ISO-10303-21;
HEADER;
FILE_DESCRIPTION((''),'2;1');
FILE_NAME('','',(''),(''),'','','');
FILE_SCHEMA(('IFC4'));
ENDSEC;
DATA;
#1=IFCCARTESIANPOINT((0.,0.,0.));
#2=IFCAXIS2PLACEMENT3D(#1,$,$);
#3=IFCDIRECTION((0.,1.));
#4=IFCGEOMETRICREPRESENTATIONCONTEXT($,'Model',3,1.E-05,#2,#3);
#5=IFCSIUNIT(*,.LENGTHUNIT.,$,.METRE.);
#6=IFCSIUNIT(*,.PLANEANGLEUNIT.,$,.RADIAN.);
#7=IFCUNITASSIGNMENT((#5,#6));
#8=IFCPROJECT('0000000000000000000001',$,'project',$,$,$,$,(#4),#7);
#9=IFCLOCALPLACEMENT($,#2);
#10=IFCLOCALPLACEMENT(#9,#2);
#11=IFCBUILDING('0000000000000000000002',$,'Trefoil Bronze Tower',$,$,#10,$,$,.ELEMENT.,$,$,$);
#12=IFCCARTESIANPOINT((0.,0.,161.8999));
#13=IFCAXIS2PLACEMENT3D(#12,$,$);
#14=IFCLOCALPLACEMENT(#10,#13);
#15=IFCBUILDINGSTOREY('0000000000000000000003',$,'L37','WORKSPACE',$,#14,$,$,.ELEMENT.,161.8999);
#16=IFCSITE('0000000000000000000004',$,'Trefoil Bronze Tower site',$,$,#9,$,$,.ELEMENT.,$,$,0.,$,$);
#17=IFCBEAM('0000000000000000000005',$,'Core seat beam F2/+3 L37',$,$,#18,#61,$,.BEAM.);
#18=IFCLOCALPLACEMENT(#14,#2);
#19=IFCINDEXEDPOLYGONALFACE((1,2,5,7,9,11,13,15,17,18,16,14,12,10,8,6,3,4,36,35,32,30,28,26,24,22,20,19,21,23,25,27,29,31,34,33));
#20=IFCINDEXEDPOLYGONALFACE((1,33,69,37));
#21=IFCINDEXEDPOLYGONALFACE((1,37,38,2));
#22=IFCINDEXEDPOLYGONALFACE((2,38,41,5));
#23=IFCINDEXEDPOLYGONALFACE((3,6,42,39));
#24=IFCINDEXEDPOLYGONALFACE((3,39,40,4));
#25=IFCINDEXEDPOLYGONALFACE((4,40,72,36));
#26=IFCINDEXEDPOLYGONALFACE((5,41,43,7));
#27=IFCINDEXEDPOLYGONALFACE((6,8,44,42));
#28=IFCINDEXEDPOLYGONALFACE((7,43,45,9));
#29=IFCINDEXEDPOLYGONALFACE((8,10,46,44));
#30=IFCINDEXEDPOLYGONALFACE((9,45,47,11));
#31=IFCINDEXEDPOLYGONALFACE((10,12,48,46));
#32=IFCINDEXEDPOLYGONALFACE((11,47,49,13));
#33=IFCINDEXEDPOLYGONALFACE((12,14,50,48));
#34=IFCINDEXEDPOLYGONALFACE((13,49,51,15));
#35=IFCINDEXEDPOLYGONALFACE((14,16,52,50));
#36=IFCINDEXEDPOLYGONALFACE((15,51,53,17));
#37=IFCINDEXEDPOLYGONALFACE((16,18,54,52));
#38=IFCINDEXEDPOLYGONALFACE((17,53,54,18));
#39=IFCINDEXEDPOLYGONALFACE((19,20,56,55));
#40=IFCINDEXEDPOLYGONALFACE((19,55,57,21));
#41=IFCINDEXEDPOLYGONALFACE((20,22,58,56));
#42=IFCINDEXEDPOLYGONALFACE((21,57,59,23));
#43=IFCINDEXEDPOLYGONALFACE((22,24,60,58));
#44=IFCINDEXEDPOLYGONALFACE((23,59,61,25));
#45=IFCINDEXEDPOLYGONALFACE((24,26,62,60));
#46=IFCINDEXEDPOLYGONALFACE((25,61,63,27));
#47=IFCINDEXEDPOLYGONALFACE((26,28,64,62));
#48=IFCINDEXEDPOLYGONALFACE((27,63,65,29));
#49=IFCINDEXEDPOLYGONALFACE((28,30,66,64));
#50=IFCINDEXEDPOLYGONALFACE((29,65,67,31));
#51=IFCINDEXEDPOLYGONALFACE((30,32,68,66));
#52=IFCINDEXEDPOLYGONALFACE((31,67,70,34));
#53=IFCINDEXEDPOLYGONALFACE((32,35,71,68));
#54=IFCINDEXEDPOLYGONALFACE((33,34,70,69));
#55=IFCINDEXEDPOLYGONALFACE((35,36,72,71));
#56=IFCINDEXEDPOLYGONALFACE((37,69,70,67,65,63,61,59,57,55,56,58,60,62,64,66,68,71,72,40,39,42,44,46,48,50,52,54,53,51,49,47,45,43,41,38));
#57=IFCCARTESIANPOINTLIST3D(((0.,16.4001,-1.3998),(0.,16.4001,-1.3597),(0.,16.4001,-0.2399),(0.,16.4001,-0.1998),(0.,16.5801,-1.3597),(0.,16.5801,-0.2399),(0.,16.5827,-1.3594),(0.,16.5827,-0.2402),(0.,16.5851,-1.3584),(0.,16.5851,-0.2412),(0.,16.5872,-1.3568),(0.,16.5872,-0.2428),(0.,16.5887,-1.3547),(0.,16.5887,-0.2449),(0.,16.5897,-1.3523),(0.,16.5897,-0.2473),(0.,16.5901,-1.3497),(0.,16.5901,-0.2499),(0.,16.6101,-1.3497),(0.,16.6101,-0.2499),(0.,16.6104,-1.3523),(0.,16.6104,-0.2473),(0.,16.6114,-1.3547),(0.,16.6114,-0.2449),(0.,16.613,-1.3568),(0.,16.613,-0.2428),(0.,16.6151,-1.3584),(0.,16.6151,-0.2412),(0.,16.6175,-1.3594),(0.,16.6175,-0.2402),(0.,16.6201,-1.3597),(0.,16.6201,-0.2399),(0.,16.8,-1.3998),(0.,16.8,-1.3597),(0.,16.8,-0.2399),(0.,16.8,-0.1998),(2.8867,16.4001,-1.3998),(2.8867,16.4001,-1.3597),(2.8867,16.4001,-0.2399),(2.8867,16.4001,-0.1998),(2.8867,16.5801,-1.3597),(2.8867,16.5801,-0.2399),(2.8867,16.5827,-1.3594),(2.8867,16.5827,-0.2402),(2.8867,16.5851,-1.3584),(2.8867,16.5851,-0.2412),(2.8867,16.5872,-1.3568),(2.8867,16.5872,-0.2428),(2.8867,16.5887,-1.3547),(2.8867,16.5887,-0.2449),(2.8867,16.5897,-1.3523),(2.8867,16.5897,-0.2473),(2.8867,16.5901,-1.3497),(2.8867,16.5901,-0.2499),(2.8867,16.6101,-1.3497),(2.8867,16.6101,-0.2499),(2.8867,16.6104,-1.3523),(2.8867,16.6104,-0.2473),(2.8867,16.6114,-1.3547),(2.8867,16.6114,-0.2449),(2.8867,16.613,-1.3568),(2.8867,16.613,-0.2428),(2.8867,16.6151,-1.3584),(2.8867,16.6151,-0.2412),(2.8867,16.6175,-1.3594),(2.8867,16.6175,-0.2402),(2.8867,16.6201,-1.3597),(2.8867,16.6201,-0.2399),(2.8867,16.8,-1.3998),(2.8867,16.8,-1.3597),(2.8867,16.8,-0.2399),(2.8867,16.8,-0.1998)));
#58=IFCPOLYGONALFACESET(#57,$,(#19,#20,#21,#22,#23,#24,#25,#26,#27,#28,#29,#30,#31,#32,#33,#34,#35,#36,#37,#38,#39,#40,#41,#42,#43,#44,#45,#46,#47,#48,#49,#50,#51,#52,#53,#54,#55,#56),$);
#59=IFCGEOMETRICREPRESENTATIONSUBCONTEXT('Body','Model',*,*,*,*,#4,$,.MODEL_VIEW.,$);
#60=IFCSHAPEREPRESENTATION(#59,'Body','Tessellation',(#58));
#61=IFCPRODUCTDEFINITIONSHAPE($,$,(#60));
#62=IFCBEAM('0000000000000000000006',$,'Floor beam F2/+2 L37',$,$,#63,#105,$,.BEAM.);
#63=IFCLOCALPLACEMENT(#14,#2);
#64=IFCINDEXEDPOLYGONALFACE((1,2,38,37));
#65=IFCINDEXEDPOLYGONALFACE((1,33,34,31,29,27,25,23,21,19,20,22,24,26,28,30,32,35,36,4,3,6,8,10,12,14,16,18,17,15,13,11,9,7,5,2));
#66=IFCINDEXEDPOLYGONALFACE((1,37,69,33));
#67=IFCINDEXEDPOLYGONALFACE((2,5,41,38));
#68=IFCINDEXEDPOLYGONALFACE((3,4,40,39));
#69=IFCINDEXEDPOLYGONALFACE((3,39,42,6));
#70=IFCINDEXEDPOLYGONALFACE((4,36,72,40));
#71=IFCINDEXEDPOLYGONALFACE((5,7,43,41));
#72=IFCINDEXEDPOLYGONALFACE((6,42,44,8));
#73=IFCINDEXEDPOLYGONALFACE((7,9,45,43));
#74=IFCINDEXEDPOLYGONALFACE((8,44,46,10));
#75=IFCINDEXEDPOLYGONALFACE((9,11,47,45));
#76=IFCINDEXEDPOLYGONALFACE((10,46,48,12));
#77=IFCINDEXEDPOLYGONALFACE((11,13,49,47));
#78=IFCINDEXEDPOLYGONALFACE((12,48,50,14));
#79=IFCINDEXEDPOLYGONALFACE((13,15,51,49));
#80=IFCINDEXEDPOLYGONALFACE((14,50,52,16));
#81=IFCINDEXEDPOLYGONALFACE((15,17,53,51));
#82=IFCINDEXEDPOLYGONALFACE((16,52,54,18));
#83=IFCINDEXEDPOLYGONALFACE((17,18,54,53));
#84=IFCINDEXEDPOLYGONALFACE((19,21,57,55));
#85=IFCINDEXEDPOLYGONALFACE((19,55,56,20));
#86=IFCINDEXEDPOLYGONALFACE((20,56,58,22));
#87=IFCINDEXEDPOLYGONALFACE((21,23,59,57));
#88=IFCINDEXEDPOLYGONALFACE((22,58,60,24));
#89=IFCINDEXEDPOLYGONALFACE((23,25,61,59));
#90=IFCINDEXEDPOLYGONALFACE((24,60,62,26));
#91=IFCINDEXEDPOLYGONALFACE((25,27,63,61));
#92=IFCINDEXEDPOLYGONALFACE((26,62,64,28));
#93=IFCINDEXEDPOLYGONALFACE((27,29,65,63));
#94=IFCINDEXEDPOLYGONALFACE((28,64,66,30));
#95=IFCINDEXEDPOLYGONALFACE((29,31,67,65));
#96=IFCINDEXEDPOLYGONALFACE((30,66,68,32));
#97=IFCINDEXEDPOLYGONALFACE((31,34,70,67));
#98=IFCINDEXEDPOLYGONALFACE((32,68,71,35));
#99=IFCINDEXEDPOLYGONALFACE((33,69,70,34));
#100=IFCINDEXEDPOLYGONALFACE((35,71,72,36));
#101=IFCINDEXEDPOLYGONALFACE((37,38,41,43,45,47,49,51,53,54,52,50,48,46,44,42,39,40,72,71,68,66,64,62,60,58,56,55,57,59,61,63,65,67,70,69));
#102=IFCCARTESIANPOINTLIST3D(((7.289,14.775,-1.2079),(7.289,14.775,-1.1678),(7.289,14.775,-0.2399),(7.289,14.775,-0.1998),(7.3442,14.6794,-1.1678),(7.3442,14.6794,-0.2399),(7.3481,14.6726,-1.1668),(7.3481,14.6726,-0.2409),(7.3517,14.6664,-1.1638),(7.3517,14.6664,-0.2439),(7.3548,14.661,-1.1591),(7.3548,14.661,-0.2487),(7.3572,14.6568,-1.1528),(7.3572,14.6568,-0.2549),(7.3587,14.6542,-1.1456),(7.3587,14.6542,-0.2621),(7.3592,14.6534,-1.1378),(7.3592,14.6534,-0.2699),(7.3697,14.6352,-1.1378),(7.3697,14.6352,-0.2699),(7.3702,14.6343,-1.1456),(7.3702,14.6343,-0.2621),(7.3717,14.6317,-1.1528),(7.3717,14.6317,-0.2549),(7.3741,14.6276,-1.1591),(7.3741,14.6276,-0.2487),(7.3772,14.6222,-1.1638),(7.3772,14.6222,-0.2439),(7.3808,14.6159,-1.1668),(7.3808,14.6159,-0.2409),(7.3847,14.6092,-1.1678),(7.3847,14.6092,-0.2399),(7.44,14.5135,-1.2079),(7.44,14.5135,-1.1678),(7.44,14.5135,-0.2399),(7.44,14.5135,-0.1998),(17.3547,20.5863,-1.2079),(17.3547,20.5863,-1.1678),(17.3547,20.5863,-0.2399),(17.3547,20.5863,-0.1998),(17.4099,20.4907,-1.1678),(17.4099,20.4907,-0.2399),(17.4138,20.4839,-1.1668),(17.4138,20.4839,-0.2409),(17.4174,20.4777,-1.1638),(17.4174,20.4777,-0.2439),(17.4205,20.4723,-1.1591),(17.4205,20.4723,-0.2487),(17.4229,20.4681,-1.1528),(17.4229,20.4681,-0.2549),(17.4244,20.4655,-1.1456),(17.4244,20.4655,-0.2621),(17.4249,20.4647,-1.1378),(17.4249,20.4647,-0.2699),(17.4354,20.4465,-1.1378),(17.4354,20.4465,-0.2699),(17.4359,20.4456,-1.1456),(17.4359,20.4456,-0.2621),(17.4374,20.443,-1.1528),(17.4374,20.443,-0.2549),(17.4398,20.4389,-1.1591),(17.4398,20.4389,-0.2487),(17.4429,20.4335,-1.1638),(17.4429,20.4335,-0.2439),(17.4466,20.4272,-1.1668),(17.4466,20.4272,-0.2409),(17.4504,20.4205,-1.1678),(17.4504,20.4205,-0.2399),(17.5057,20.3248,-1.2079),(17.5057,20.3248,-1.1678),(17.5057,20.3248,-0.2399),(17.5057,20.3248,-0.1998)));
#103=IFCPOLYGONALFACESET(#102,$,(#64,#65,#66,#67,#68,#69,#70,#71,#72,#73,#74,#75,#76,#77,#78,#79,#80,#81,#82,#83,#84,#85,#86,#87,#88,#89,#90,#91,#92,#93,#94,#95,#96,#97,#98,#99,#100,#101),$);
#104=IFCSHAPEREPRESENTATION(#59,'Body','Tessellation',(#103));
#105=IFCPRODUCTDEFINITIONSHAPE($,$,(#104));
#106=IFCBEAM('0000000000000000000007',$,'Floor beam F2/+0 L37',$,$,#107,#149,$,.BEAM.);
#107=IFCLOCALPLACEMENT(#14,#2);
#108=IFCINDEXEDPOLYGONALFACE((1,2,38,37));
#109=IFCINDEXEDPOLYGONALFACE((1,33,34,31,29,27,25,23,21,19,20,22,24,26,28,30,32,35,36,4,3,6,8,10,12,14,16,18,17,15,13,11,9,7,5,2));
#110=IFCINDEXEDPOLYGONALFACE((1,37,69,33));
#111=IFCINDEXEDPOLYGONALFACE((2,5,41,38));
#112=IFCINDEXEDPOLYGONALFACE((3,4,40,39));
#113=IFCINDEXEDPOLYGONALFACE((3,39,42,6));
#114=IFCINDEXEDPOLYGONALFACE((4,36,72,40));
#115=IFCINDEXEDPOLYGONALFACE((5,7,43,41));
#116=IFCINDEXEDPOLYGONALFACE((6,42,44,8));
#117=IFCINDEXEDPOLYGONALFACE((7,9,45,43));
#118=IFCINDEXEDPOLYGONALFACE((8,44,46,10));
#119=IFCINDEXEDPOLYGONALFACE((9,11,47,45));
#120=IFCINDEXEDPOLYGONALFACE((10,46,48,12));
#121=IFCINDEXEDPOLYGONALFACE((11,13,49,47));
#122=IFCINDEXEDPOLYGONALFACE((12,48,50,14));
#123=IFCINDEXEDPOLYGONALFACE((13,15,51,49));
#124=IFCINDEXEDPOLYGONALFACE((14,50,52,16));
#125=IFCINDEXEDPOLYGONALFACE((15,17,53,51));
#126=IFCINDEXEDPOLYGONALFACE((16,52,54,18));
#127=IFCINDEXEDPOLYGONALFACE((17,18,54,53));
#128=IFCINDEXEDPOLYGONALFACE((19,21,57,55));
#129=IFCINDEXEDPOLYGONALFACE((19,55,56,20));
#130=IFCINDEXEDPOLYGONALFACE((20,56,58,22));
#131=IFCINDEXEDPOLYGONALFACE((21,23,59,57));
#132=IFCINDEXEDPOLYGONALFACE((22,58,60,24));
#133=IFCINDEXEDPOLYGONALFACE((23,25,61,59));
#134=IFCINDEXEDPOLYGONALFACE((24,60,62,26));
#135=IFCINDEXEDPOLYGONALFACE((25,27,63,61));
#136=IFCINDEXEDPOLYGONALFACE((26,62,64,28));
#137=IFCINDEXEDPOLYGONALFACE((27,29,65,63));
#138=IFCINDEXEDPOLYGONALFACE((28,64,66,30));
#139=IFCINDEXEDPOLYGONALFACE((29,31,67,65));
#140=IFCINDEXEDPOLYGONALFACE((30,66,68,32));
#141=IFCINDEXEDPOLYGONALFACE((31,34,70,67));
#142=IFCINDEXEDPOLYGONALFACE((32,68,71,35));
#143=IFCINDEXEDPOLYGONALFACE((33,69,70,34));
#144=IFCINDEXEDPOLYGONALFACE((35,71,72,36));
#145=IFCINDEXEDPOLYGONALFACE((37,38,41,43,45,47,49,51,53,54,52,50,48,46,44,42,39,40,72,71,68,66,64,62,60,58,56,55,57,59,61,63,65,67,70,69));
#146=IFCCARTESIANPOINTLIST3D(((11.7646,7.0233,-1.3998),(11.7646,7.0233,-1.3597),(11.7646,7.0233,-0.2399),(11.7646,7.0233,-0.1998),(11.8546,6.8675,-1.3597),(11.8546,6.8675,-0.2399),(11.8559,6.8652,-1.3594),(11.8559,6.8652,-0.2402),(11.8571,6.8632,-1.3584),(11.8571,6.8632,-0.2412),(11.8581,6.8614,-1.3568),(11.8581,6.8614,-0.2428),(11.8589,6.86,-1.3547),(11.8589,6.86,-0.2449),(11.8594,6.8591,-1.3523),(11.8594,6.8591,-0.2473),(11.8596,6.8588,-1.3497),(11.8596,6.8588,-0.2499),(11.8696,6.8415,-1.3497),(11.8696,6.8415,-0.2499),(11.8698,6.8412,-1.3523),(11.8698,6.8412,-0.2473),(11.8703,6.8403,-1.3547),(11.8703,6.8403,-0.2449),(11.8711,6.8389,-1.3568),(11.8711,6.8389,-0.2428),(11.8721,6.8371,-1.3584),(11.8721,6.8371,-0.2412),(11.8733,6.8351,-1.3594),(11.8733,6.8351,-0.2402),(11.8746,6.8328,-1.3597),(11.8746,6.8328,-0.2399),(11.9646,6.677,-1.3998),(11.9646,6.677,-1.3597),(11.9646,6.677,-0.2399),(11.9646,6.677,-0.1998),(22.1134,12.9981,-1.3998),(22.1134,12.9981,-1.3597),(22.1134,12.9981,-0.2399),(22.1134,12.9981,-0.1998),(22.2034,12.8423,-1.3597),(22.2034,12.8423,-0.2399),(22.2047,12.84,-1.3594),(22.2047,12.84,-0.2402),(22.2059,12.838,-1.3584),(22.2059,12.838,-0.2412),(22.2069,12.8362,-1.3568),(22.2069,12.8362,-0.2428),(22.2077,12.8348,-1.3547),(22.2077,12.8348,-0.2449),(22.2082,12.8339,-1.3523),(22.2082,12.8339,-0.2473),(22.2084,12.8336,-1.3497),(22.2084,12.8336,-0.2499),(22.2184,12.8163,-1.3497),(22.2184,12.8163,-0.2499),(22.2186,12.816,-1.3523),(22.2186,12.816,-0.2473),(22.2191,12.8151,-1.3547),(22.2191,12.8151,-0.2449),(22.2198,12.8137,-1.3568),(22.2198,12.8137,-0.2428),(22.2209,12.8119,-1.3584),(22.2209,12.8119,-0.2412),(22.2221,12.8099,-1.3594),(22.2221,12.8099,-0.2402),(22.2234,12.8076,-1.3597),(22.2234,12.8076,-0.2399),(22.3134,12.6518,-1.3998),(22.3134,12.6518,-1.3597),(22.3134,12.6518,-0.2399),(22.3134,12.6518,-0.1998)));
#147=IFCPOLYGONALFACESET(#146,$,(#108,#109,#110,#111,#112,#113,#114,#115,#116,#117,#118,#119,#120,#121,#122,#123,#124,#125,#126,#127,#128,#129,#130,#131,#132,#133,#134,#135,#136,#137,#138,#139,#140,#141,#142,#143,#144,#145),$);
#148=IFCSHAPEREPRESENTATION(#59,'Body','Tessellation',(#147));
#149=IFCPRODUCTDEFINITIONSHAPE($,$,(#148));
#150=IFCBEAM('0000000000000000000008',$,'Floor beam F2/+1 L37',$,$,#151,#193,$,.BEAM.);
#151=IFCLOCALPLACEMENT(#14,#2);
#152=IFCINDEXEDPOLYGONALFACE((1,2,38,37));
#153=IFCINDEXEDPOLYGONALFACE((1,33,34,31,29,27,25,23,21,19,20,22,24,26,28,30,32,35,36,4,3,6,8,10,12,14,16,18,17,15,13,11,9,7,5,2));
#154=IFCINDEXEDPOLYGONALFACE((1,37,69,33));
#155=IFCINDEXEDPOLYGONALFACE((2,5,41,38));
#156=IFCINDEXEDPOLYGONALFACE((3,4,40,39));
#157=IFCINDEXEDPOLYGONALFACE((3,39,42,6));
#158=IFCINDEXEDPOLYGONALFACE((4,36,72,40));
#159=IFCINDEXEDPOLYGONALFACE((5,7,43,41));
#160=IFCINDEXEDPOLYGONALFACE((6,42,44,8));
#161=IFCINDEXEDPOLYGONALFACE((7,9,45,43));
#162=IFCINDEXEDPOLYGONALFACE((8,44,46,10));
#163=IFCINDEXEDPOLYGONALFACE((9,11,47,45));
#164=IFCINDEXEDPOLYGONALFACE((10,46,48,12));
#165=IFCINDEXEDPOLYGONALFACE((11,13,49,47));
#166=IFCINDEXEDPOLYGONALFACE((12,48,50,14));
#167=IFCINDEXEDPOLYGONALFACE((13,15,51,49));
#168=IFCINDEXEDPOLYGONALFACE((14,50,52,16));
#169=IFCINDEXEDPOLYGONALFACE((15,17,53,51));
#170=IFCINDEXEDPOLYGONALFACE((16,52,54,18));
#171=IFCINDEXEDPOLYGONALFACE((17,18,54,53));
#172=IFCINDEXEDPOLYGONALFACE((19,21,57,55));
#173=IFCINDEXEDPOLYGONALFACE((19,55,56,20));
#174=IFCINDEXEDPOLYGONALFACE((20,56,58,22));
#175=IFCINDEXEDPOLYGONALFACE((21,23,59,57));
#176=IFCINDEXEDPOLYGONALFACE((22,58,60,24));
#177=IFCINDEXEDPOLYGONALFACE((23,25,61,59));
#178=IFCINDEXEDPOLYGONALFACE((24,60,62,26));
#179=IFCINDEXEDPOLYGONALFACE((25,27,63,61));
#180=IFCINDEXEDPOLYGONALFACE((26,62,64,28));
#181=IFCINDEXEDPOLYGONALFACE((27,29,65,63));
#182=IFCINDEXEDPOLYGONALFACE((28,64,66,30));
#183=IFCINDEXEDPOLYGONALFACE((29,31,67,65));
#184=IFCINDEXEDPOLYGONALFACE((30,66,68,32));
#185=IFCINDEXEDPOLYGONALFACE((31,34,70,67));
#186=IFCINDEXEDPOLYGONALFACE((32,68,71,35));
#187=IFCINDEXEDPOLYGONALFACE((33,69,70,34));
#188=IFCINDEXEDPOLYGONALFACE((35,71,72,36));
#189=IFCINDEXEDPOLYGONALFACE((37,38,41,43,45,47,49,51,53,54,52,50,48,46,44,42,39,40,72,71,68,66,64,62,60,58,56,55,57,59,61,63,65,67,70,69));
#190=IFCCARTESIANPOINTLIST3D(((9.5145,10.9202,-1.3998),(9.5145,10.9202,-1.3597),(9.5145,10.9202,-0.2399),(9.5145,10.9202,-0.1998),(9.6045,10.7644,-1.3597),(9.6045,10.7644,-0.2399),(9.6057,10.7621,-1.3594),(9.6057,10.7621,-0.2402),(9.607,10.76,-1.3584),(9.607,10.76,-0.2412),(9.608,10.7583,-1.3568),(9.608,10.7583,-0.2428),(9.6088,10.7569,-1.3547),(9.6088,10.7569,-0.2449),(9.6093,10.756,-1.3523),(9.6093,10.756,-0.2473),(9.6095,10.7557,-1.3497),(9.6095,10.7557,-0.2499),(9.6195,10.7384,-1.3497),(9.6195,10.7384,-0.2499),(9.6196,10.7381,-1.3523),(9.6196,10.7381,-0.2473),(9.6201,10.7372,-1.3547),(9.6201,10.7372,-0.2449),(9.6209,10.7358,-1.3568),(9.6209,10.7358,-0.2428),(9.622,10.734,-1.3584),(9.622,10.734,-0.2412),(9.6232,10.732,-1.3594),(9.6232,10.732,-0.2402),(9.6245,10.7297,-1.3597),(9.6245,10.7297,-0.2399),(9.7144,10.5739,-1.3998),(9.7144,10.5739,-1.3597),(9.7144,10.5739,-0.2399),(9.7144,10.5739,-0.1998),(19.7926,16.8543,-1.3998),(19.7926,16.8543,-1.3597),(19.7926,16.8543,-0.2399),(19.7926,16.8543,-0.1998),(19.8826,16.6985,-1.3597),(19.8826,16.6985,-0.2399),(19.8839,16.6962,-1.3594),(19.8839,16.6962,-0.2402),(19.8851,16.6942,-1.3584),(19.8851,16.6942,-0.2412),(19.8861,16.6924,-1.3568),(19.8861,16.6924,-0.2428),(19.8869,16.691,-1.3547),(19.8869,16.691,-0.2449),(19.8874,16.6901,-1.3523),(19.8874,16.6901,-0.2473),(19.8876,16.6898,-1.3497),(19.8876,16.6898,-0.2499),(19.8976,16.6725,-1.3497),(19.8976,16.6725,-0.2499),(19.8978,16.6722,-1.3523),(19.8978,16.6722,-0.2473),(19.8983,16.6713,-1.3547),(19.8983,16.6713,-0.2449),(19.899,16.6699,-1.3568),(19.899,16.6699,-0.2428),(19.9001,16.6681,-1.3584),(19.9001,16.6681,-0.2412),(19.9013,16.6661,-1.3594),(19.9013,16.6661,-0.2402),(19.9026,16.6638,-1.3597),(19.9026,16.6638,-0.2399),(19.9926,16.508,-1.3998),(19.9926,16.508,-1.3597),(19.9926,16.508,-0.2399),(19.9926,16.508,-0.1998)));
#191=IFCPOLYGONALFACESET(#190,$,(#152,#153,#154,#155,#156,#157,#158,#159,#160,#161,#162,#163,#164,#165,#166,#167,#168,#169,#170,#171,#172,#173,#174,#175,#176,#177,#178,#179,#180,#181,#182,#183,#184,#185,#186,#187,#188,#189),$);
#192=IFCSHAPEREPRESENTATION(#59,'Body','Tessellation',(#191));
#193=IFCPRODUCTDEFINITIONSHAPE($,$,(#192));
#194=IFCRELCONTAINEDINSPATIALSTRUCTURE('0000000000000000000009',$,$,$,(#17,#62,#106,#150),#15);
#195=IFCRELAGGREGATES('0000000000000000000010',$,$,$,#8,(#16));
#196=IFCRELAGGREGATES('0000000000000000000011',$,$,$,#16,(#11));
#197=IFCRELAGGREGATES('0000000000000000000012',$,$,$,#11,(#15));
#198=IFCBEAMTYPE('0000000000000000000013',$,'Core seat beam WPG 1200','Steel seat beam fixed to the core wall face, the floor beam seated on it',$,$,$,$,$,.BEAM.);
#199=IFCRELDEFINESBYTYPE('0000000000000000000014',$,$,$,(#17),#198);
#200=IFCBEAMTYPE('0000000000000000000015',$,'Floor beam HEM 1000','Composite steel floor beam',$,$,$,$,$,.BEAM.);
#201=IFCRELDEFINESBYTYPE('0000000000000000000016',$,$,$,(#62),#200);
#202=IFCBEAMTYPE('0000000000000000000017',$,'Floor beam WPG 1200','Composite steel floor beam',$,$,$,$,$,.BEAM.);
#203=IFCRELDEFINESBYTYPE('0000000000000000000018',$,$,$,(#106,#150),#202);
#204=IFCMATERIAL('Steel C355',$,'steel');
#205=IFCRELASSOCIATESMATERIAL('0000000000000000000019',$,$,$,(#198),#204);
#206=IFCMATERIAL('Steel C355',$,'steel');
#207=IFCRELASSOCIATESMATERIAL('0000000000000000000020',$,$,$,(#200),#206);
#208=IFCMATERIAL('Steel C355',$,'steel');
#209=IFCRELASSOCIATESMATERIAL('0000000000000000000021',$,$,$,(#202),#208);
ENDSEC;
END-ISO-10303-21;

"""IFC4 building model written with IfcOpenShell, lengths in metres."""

from ifc_helpers import new_model, si_unit, direction, frame, origin, origin_2d, place, context, subcontext, project, spatial, i_section, extrude, material, material_profile, profile_set, type_object, element, save


model = new_model("IFC4")

# Units and contexts
model_context = context("Model", 3, precision=1e-05, world=origin(), true_north=direction((0.0, 1.0)))
body_context = subcontext(model_context, "Body", "Model", "MODEL_VIEW")
ifc_project = project(units=[si_unit("LENGTHUNIT", "METRE"), si_unit("PLANEANGLEUNIT", "RADIAN")], contexts=[model_context])

# Site, building, storey
site_placement = place(None, origin())
site = spatial("IfcSite", under=ifc_project, at=site_placement, Name="Trefoil Bronze Tower site", CompositionType="ELEMENT", RefElevation=0.0)
building_placement = place(site_placement, origin())
building = spatial("IfcBuilding", under=site, at=building_placement, Name="Trefoil Bronze Tower", CompositionType="ELEMENT")
storey_placement = place(building_placement, frame((0.0, 0.0, 161.8999)))
storey = spatial("IfcBuildingStorey", under=building, at=storey_placement, Name="L37", Description="WORKSPACE", CompositionType="ELEMENT", Elevation=161.8999)

# Beams
ifc_material_1 = material(Name="Steel C355", Category="steel")
ifc_material_profile_1 = material_profile(ifc_material_1, i_section(OverallWidth=0.3999, OverallDepth=1.2, WebThickness=0.02, FlangeThickness=0.04, FilletRadius=0.01, at=origin_2d()), Name="WPG 1200")
ifc_profile_set_1 = profile_set([ifc_material_profile_1], Name="Steel C355")
beam_type_1 = type_object("IfcBeamType", Name="Core seat beam WPG 1200", Description="Steel seat beam fixed to the core wall face, the floor beam seated on it", PredefinedType="BEAM", material=ifc_profile_set_1)
beam_1_placement = place(storey_placement, frame((2.8867, 16.6001, -0.7998), z_axis=(-1.0, 0.0, 0.0), x_axis=(0.0, -1.0, 0.0)))
element("IfcBeam", 1, at=beam_1_placement, inside=storey, type_object=beam_type_1, Name="Core seat beam F2/+3 L37", PredefinedType="BEAM", context=body_context, shape_type="SweptSolid", body=[
    extrude(i_section(OverallWidth=0.3999, OverallDepth=1.2, WebThickness=0.02, FlangeThickness=0.04, FilletRadius=0.01, at=origin_2d()), origin(), (0.0, 0.0, 1.0), 2.8867),
])
ifc_material_2 = material(Name="Steel C355", Category="steel")
ifc_material_profile_2 = material_profile(ifc_material_2, i_section(OverallWidth=0.302, OverallDepth=1.0081, WebThickness=0.021, FlangeThickness=0.04, FilletRadius=0.03, at=origin_2d()), Name="HEM 1000")
ifc_profile_set_2 = profile_set([ifc_material_profile_2], Name="Steel C355")
beam_type_2 = type_object("IfcBeamType", Name="Floor beam HEM 1000", Description="Composite steel floor beam", PredefinedType="BEAM", material=ifc_profile_set_2)
beam_2_placement = place(storey_placement, frame((17.4302, 20.4556, -0.7039), z_axis=(-0.866031, -0.499991, 0.0), x_axis=(0.499991, -0.866031, 0.0)))
element("IfcBeam", 2, at=beam_2_placement, inside=storey, type_object=beam_type_2, Name="Floor beam F2/+2 L37", PredefinedType="BEAM", context=body_context, shape_type="SweptSolid", body=[
    extrude(i_section(OverallWidth=0.302, OverallDepth=1.0081, WebThickness=0.021, FlangeThickness=0.04, FilletRadius=0.03, at=origin_2d()), origin(), (0.0, 0.0, 1.0), 11.6228),
])
ifc_material_3 = material(Name="Steel C355", Category="steel")
ifc_material_profile_3 = material_profile(ifc_material_3, i_section(OverallWidth=0.3999, OverallDepth=1.2, WebThickness=0.02, FlangeThickness=0.04, FilletRadius=0.01, at=origin_2d()), Name="WPG 1200")
ifc_profile_set_3 = profile_set([ifc_material_profile_3], Name="Steel C355")
beam_type_3 = type_object("IfcBeamType", Name="Floor beam WPG 1200", Description="Composite steel floor beam", PredefinedType="BEAM", material=ifc_profile_set_3)
beam_3_placement = place(storey_placement, frame((22.2134, 12.825, -0.7998), z_axis=(-0.866028, -0.499995, 0.0), x_axis=(0.499995, -0.866028, 0.0)))
element("IfcBeam", 3, at=beam_3_placement, inside=storey, type_object=beam_type_3, Name="Floor beam F2/+0 L37", PredefinedType="BEAM", context=body_context, shape_type="SweptSolid", body=[
    extrude(i_section(OverallWidth=0.3999, OverallDepth=1.2, WebThickness=0.02, FlangeThickness=0.04, FilletRadius=0.01, at=origin_2d()), origin(), (0.0, 0.0, 1.0), 11.9497),
])
beam_4_placement = place(storey_placement, frame((19.8926, 16.6812, -0.7998), z_axis=(-0.866024, -0.500002, 0.0), x_axis=(0.500002, -0.866024, 0.0)))
element("IfcBeam", 4, at=beam_4_placement, inside=storey, type_object=beam_type_3, Name="Floor beam F2/+1 L37", PredefinedType="BEAM", context=body_context, shape_type="SweptSolid", body=[
    extrude(i_section(OverallWidth=0.3999, OverallDepth=1.2, WebThickness=0.02, FlangeThickness=0.04, FilletRadius=0.01, at=origin_2d()), origin(), (0.0, 0.0, 1.0), 11.8682),
])

save(model, "model.ifc")
